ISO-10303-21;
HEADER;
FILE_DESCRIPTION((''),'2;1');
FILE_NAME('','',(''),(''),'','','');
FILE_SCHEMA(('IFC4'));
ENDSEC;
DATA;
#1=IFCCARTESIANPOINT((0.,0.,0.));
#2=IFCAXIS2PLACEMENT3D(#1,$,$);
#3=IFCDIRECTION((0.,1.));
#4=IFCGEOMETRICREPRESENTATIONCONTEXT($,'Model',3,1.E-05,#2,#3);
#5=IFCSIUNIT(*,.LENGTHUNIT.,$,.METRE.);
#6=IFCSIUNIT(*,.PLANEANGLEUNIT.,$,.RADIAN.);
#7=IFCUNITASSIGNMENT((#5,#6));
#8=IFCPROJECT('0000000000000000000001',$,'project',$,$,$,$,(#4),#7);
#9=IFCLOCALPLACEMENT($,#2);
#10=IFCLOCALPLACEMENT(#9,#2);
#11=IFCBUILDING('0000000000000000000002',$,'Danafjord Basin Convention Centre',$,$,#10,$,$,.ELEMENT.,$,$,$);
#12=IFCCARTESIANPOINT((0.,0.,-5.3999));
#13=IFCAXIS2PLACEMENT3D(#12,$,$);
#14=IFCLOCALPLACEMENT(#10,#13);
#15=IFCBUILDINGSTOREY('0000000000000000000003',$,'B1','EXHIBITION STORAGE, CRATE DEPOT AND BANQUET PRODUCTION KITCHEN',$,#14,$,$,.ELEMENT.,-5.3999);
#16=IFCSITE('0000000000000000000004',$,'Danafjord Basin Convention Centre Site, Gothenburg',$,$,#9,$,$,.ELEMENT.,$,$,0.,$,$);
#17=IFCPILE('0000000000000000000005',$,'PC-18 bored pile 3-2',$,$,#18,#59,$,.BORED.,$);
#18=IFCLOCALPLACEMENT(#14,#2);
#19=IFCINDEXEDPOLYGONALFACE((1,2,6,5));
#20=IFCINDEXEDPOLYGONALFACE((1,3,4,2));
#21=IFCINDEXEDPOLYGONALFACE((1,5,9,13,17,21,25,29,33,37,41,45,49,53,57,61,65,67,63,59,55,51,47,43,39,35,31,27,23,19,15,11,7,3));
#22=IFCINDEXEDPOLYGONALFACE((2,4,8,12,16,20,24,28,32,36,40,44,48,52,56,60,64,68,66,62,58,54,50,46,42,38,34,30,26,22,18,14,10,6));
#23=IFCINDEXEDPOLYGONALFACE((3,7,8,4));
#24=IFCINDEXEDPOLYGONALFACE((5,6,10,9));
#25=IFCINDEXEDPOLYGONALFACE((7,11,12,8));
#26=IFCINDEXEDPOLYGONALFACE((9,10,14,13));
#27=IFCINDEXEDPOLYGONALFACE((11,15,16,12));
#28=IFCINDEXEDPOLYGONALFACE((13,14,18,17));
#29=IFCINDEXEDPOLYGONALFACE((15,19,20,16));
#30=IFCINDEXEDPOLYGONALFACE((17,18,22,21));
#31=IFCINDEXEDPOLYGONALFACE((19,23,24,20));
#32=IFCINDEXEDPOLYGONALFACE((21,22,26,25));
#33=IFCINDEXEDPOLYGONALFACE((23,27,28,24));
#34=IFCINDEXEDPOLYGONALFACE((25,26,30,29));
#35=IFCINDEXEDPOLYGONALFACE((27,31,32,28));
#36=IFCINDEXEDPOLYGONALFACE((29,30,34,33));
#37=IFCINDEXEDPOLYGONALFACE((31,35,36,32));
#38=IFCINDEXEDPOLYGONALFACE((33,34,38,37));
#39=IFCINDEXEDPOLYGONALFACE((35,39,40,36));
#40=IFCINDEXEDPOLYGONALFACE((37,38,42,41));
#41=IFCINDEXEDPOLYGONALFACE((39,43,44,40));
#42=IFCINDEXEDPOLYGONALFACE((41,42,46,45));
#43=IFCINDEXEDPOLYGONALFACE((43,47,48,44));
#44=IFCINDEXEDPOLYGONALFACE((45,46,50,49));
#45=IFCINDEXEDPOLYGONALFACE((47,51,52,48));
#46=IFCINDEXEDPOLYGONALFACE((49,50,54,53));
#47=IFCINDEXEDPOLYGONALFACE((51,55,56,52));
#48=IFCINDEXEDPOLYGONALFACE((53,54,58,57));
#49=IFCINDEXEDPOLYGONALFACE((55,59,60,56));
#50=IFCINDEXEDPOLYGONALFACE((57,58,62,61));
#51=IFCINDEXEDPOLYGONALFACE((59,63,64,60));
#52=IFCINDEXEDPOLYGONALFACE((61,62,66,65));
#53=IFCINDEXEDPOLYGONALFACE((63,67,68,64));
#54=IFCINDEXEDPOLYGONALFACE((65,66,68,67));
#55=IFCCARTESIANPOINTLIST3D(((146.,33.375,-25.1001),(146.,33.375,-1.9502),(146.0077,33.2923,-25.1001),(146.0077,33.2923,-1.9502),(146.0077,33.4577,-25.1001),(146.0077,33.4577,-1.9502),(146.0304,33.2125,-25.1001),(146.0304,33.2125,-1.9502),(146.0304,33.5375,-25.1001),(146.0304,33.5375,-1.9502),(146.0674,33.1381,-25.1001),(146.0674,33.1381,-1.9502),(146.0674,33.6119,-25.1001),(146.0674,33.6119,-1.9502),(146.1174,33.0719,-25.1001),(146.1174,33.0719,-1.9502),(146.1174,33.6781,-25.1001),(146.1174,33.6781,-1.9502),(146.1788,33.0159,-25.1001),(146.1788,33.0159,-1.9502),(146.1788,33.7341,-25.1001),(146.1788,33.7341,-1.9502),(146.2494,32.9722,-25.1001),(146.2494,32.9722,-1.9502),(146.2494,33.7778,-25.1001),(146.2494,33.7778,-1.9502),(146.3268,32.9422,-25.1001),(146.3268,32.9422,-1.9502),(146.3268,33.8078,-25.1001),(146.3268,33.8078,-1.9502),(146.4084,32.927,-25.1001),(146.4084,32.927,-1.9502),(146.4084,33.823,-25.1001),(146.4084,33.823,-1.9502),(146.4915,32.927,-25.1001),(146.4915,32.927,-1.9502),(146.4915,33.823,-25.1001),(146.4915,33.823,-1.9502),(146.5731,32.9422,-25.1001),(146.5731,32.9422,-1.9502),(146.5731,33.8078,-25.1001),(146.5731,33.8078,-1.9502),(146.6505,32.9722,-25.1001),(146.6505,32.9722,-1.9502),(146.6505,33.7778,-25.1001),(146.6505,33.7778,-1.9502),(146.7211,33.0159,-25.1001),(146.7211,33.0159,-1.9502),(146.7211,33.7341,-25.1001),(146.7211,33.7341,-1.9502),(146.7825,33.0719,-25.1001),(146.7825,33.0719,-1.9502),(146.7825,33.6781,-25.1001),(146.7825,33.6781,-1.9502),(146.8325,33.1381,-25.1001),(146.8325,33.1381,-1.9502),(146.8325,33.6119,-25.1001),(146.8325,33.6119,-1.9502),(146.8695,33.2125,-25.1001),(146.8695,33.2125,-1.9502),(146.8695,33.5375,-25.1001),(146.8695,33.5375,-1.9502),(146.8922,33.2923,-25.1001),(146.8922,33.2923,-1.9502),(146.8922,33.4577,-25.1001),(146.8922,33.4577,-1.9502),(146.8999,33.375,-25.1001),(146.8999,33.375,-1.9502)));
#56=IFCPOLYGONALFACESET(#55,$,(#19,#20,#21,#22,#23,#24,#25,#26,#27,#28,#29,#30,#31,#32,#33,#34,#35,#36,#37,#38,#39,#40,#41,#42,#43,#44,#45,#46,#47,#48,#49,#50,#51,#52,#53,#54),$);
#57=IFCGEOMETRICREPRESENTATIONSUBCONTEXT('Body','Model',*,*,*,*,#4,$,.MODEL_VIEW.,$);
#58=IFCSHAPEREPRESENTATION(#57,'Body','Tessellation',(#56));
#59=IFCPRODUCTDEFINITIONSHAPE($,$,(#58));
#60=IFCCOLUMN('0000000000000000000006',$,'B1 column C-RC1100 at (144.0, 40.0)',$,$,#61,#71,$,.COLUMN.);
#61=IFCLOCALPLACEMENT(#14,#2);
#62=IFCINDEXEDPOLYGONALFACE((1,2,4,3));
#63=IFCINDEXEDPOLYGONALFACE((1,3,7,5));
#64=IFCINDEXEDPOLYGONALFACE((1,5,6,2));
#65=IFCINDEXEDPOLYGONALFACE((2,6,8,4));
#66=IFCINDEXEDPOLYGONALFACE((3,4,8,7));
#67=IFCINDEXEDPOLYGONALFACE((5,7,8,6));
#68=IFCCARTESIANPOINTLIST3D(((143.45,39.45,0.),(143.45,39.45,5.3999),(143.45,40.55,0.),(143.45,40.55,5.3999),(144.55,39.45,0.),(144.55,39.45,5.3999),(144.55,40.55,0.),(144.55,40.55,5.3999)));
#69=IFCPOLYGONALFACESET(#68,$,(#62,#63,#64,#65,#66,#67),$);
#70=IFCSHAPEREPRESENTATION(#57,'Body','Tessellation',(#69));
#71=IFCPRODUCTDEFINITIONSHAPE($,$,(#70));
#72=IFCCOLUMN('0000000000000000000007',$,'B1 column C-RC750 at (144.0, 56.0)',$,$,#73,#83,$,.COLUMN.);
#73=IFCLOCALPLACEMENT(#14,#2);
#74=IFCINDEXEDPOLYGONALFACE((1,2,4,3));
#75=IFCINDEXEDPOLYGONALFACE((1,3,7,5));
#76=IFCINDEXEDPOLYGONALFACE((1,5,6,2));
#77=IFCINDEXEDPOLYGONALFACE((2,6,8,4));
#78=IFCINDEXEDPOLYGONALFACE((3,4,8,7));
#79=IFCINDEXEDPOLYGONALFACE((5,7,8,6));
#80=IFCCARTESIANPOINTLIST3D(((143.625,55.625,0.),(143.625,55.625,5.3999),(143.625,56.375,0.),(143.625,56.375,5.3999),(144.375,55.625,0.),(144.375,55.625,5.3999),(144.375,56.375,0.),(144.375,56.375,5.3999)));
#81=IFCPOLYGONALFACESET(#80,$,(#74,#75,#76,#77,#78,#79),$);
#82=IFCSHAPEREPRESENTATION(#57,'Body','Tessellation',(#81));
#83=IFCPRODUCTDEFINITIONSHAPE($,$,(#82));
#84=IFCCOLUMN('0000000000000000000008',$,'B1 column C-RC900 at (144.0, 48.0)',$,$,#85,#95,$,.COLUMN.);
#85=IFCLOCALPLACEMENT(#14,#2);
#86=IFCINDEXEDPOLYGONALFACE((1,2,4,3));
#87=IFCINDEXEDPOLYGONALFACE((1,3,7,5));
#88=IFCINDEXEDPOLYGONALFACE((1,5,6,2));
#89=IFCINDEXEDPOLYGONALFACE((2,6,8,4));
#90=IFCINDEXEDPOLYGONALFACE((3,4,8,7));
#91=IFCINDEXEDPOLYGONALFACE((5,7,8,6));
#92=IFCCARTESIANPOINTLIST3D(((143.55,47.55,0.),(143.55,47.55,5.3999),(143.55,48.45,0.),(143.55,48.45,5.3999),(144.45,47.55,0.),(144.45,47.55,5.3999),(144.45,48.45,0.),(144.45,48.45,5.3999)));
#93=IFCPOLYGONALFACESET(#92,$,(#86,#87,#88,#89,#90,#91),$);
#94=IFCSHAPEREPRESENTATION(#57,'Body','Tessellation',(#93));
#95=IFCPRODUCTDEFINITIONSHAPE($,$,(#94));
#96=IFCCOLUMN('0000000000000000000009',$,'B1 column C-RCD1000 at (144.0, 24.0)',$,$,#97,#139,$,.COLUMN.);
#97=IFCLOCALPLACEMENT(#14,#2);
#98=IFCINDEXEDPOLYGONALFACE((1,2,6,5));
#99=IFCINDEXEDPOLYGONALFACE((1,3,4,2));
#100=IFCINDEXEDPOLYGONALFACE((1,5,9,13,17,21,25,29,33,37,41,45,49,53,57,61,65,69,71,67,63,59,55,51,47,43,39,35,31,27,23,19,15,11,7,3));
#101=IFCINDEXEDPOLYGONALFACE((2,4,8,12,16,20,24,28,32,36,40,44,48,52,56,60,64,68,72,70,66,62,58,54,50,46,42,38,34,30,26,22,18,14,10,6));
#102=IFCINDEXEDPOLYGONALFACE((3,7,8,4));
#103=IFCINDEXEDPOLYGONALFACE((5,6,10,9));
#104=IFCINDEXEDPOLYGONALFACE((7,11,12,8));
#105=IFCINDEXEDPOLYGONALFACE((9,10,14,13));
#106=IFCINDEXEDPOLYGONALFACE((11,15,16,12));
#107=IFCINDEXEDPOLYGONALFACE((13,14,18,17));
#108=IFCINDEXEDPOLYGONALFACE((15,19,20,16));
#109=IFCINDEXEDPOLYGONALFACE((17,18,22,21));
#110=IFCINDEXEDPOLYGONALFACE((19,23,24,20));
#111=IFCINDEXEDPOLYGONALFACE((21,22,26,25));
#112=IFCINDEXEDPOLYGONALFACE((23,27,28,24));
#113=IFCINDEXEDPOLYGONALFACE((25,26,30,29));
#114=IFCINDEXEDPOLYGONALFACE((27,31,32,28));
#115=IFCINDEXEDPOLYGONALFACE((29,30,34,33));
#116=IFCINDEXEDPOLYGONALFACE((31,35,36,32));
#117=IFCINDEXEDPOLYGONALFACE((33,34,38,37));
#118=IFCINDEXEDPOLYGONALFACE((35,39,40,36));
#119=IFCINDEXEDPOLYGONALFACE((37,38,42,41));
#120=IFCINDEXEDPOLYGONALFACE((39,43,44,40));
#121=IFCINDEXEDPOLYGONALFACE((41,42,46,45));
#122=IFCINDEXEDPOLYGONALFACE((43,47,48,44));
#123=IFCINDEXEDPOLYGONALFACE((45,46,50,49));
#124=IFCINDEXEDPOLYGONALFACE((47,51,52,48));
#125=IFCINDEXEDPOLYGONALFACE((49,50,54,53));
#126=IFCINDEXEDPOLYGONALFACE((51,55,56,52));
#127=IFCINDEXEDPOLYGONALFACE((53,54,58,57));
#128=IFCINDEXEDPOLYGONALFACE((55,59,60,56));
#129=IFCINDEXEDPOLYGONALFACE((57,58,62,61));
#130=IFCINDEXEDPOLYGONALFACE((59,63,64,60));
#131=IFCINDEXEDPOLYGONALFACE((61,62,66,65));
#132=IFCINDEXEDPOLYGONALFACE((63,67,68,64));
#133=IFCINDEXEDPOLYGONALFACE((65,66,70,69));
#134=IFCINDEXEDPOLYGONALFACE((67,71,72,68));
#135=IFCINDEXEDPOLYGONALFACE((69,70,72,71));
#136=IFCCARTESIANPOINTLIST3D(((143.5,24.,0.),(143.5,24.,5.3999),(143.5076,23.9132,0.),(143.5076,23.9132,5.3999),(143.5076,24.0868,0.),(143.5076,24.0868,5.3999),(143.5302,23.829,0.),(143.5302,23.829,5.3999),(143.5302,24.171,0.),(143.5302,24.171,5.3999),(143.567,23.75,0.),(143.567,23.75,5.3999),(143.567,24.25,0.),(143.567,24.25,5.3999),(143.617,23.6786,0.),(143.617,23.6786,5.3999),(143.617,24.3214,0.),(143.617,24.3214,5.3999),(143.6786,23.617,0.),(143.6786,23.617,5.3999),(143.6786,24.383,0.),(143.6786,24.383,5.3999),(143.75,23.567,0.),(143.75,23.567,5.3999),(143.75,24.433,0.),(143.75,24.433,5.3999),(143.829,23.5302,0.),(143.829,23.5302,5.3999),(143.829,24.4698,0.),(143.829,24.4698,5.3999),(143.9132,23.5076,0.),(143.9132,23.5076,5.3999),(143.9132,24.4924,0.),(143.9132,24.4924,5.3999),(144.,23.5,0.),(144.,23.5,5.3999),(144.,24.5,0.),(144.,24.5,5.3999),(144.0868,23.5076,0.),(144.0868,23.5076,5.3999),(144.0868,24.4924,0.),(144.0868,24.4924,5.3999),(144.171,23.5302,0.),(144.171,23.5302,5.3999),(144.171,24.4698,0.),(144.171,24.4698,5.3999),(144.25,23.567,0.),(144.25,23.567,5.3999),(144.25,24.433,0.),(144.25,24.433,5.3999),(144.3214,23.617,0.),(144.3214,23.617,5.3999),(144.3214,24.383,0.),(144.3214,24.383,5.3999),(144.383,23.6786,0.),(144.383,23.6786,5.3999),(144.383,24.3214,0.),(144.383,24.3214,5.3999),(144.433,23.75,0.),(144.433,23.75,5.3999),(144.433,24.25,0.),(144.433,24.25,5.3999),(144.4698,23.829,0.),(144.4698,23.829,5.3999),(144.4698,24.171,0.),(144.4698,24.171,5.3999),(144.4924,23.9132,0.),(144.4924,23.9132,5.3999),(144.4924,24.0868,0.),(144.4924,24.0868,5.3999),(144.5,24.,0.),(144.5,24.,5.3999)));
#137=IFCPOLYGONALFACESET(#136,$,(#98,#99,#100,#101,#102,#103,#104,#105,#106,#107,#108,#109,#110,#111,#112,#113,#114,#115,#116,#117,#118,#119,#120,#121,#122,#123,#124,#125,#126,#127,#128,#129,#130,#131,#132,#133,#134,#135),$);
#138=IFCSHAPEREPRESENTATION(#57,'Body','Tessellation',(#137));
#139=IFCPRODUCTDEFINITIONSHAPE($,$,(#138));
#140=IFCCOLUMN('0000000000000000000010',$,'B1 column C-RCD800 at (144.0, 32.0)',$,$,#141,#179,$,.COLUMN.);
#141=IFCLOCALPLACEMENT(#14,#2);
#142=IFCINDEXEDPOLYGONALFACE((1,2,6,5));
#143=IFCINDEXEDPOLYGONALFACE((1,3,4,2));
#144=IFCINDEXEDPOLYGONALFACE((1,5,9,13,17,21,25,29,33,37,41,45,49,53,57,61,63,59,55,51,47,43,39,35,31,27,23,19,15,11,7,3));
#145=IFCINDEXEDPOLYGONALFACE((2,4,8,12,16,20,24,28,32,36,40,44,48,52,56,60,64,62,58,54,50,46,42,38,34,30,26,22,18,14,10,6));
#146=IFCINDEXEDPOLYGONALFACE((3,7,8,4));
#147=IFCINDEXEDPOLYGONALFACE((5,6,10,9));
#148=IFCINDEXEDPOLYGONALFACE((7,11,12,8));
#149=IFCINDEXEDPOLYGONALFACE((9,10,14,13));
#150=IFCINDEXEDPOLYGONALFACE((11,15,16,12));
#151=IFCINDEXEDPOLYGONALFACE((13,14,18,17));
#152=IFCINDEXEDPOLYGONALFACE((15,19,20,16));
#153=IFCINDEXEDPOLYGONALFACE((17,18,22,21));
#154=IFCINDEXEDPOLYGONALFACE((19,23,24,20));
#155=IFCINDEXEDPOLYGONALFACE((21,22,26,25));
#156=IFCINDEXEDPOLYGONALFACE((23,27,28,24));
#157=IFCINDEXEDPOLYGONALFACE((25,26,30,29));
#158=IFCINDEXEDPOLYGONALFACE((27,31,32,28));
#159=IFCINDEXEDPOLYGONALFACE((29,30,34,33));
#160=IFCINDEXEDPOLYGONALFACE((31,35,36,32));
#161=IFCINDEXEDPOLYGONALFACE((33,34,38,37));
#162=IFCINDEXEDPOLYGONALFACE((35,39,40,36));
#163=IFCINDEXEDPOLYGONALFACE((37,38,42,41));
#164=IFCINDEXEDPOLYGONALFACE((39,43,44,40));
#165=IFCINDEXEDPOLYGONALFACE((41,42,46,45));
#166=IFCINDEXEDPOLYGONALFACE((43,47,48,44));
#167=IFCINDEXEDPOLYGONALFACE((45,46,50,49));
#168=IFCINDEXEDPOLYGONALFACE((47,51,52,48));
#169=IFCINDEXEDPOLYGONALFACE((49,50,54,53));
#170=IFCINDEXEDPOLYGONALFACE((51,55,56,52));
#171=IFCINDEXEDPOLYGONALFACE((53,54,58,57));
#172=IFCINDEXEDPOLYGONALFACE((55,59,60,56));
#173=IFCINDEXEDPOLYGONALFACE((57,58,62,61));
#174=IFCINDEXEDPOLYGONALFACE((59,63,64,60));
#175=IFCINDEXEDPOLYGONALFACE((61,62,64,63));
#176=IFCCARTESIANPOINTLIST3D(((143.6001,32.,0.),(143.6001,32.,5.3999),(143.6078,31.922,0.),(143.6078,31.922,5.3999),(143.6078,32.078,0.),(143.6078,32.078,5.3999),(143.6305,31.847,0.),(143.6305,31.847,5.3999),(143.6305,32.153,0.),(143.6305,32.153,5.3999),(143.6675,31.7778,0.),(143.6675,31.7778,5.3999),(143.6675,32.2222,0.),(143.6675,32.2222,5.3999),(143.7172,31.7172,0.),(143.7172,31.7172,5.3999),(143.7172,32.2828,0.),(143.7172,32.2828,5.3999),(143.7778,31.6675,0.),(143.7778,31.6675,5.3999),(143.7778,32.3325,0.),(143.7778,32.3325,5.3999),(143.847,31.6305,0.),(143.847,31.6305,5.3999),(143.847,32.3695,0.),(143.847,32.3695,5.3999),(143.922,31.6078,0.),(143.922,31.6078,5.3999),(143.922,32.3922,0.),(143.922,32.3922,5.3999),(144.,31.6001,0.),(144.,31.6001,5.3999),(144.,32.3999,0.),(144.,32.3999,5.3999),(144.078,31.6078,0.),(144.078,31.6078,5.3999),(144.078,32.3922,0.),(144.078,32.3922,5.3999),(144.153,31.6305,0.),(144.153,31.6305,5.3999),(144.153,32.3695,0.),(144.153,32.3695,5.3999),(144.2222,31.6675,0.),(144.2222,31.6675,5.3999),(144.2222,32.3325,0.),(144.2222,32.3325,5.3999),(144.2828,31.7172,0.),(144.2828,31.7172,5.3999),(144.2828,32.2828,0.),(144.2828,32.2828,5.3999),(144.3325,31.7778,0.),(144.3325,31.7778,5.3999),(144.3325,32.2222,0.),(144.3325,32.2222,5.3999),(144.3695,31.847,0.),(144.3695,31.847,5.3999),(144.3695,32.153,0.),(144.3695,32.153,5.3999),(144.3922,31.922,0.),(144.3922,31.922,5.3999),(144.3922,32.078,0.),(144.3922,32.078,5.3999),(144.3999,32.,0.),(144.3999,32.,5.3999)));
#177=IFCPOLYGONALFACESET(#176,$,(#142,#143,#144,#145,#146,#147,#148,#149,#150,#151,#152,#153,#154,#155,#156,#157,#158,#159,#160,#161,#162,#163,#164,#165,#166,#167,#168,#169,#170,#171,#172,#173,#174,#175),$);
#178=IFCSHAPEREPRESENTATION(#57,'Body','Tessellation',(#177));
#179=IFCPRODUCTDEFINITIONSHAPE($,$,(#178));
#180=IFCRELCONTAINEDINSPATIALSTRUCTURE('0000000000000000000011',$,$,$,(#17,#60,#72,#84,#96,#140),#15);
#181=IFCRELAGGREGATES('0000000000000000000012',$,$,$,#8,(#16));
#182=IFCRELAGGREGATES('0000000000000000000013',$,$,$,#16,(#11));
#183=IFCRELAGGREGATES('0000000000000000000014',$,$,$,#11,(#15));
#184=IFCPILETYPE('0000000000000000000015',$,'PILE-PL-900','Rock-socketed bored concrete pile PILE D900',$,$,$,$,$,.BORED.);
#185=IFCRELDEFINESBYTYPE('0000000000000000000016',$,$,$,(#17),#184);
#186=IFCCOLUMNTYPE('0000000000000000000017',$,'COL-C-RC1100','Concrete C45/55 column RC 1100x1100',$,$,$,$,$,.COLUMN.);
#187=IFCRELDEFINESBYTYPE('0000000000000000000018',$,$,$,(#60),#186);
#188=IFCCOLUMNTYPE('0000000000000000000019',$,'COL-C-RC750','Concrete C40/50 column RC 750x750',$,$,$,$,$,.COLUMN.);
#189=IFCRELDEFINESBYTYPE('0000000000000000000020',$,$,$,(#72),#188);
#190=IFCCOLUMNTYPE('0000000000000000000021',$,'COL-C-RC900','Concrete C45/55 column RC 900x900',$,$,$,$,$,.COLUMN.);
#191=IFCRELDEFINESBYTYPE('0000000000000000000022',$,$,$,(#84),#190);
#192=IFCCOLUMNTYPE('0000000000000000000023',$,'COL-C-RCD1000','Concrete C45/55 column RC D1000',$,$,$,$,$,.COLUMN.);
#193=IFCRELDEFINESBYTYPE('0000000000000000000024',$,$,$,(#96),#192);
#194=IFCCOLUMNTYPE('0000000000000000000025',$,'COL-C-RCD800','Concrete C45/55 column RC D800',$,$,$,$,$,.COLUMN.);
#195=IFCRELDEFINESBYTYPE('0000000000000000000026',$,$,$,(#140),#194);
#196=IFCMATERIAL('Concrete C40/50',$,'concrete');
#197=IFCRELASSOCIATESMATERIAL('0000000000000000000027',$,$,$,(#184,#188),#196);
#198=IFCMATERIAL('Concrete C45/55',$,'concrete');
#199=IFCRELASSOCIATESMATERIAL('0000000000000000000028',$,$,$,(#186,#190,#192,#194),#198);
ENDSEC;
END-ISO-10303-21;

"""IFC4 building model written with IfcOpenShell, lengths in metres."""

from ifc_helpers import new_model, si_unit, direction, frame, origin, origin_2d, place, context, subcontext, project, spatial, rectangle, circle, extrude, material, material_profile, profile_set, type_object, element, save


model = new_model("IFC4")

# Units and contexts
model_context = context("Model", 3, precision=1e-05, world=origin(), true_north=direction((0.0, 1.0)))
body_context = subcontext(model_context, "Body", "Model", "MODEL_VIEW")
ifc_project = project(units=[si_unit("LENGTHUNIT", "METRE"), si_unit("PLANEANGLEUNIT", "RADIAN")], contexts=[model_context])

# Site, building, storey
site_placement = place(None, origin())
site = spatial("IfcSite", under=ifc_project, at=site_placement, Name="Danafjord Basin Convention Centre Site, Gothenburg", CompositionType="ELEMENT", RefElevation=0.0)
building_placement = place(site_placement, origin())
building = spatial("IfcBuilding", under=site, at=building_placement, Name="Danafjord Basin Convention Centre", CompositionType="ELEMENT")
storey_placement = place(building_placement, frame((0.0, 0.0, -5.3999)))
storey = spatial("IfcBuildingStorey", under=building, at=storey_placement, Name="B1", Description="EXHIBITION STORAGE, CRATE DEPOT AND BANQUET PRODUCTION KITCHEN", CompositionType="ELEMENT", Elevation=-5.3999)

# Shared definitions
ifc_material_1 = material(Name="Concrete C40/50", Category="concrete")

# Pile
ifc_material_profile_1 = material_profile(ifc_material_1, circle(Radius=0.45, at=origin_2d()), Name="PILE D900")
ifc_profile_set_1 = profile_set([ifc_material_profile_1], Name="Concrete C40/50")
pile_type_1 = type_object("IfcPileType", Name="PILE-PL-900", Description="Rock-socketed bored concrete pile PILE D900", PredefinedType="BORED", material=ifc_profile_set_1)
for number, where, z_axis, x_axis, name in (
    (1, (146.45, 33.375, -1.9502), (0.0, 0.0, -1.0), (1.0, 0.0, 0.0), "PC-18 bored pile 3-2"),
):
    element("IfcPile", number, at=place(storey_placement, frame(where, z_axis=z_axis, x_axis=x_axis)), inside=storey, type_object=pile_type_1, Name=name, PredefinedType="BORED", context=body_context, shape_type="SweptSolid", body=[
        extrude(circle(Radius=0.45, at=origin_2d()), origin(), (0.0, 0.0, 1.0), 23.1499),
    ])

# Columns
ifc_material_2 = material(Name="Concrete C45/55", Category="concrete")
ifc_material_profile_2 = material_profile(ifc_material_2, rectangle(XDim=1.1001, YDim=1.1001, at=origin_2d()), Name="RC 1100x1100")
ifc_profile_set_2 = profile_set([ifc_material_profile_2], Name="Concrete C45/55")
column_type_1 = type_object("IfcColumnType", Name="COL-C-RC1100", Description="Concrete C45/55 column RC 1100x1100", PredefinedType="COLUMN", material=ifc_profile_set_2)
column_1_placement = place(storey_placement, frame((144.0, 40.0, 0.0), z_axis=(0.0, 0.0, 1.0), x_axis=(1.0, 0.0, 0.0)))
element("IfcColumn", 2, at=column_1_placement, inside=storey, type_object=column_type_1, Name="B1 column C-RC1100 at (144.0, 40.0)", PredefinedType="COLUMN", context=body_context, shape_type="SweptSolid", body=[
    extrude(rectangle(XDim=1.1001, YDim=1.1001, at=origin_2d()), origin(), (0.0, 0.0, 1.0), 5.3999),
])
ifc_material_profile_3 = material_profile(ifc_material_1, rectangle(XDim=0.75, YDim=0.75, at=origin_2d()), Name="RC 750x750")
ifc_profile_set_3 = profile_set([ifc_material_profile_3], Name="Concrete C40/50")
column_type_2 = type_object("IfcColumnType", Name="COL-C-RC750", Description="Concrete C40/50 column RC 750x750", PredefinedType="COLUMN", material=ifc_profile_set_3)
column_2_placement = place(storey_placement, frame((144.0, 56.0, 0.0), z_axis=(0.0, 0.0, 1.0), x_axis=(1.0, 0.0, 0.0)))
element("IfcColumn", 3, at=column_2_placement, inside=storey, type_object=column_type_2, Name="B1 column C-RC750 at (144.0, 56.0)", PredefinedType="COLUMN", context=body_context, shape_type="SweptSolid", body=[
    extrude(rectangle(XDim=0.75, YDim=0.75, at=origin_2d()), origin(), (0.0, 0.0, 1.0), 5.3999),
])
ifc_material_profile_4 = material_profile(ifc_material_2, rectangle(XDim=0.8999, YDim=0.8999, at=origin_2d()), Name="RC 900x900")
ifc_profile_set_4 = profile_set([ifc_material_profile_4], Name="Concrete C45/55")
column_type_3 = type_object("IfcColumnType", Name="COL-C-RC900", Description="Concrete C45/55 column RC 900x900", PredefinedType="COLUMN", material=ifc_profile_set_4)
column_3_placement = place(storey_placement, frame((144.0, 48.0, 0.0), z_axis=(0.0, 0.0, 1.0), x_axis=(1.0, 0.0, 0.0)))
element("IfcColumn", 4, at=column_3_placement, inside=storey, type_object=column_type_3, Name="B1 column C-RC900 at (144.0, 48.0)", PredefinedType="COLUMN", context=body_context, shape_type="SweptSolid", body=[
    extrude(rectangle(XDim=0.8999, YDim=0.8999, at=origin_2d()), origin(), (0.0, 0.0, 1.0), 5.3999),
])
ifc_material_profile_5 = material_profile(ifc_material_2, circle(Radius=0.5, at=origin_2d()), Name="RC D1000")
ifc_profile_set_5 = profile_set([ifc_material_profile_5], Name="Concrete C45/55")
column_type_4 = type_object("IfcColumnType", Name="COL-C-RCD1000", Description="Concrete C45/55 column RC D1000", PredefinedType="COLUMN", material=ifc_profile_set_5)
column_4_placement = place(storey_placement, frame((144.0, 24.0, 0.0), z_axis=(0.0, 0.0, 1.0), x_axis=(1.0, 0.0, 0.0)))
element("IfcColumn", 5, at=column_4_placement, inside=storey, type_object=column_type_4, Name="B1 column C-RCD1000 at (144.0, 24.0)", PredefinedType="COLUMN", context=body_context, shape_type="SweptSolid", body=[
    extrude(circle(Radius=0.5, at=origin_2d()), origin(), (0.0, 0.0, 1.0), 5.3999),
])
ifc_material_profile_6 = material_profile(ifc_material_2, circle(Radius=0.3999, at=origin_2d()), Name="RC D800")
ifc_profile_set_6 = profile_set([ifc_material_profile_6], Name="Concrete C45/55")
column_type_5 = type_object("IfcColumnType", Name="COL-C-RCD800", Description="Concrete C45/55 column RC D800", PredefinedType="COLUMN", material=ifc_profile_set_6)
column_5_placement = place(storey_placement, frame((144.0, 32.0, 0.0), z_axis=(0.0, 0.0, 1.0), x_axis=(1.0, 0.0, 0.0)))
element("IfcColumn", 6, at=column_5_placement, inside=storey, type_object=column_type_5, Name="B1 column C-RCD800 at (144.0, 32.0)", PredefinedType="COLUMN", context=body_context, shape_type="SweptSolid", body=[
    extrude(circle(Radius=0.3999, at=origin_2d()), origin(), (0.0, 0.0, 1.0), 5.3999),
])

save(model, "model.ifc")
